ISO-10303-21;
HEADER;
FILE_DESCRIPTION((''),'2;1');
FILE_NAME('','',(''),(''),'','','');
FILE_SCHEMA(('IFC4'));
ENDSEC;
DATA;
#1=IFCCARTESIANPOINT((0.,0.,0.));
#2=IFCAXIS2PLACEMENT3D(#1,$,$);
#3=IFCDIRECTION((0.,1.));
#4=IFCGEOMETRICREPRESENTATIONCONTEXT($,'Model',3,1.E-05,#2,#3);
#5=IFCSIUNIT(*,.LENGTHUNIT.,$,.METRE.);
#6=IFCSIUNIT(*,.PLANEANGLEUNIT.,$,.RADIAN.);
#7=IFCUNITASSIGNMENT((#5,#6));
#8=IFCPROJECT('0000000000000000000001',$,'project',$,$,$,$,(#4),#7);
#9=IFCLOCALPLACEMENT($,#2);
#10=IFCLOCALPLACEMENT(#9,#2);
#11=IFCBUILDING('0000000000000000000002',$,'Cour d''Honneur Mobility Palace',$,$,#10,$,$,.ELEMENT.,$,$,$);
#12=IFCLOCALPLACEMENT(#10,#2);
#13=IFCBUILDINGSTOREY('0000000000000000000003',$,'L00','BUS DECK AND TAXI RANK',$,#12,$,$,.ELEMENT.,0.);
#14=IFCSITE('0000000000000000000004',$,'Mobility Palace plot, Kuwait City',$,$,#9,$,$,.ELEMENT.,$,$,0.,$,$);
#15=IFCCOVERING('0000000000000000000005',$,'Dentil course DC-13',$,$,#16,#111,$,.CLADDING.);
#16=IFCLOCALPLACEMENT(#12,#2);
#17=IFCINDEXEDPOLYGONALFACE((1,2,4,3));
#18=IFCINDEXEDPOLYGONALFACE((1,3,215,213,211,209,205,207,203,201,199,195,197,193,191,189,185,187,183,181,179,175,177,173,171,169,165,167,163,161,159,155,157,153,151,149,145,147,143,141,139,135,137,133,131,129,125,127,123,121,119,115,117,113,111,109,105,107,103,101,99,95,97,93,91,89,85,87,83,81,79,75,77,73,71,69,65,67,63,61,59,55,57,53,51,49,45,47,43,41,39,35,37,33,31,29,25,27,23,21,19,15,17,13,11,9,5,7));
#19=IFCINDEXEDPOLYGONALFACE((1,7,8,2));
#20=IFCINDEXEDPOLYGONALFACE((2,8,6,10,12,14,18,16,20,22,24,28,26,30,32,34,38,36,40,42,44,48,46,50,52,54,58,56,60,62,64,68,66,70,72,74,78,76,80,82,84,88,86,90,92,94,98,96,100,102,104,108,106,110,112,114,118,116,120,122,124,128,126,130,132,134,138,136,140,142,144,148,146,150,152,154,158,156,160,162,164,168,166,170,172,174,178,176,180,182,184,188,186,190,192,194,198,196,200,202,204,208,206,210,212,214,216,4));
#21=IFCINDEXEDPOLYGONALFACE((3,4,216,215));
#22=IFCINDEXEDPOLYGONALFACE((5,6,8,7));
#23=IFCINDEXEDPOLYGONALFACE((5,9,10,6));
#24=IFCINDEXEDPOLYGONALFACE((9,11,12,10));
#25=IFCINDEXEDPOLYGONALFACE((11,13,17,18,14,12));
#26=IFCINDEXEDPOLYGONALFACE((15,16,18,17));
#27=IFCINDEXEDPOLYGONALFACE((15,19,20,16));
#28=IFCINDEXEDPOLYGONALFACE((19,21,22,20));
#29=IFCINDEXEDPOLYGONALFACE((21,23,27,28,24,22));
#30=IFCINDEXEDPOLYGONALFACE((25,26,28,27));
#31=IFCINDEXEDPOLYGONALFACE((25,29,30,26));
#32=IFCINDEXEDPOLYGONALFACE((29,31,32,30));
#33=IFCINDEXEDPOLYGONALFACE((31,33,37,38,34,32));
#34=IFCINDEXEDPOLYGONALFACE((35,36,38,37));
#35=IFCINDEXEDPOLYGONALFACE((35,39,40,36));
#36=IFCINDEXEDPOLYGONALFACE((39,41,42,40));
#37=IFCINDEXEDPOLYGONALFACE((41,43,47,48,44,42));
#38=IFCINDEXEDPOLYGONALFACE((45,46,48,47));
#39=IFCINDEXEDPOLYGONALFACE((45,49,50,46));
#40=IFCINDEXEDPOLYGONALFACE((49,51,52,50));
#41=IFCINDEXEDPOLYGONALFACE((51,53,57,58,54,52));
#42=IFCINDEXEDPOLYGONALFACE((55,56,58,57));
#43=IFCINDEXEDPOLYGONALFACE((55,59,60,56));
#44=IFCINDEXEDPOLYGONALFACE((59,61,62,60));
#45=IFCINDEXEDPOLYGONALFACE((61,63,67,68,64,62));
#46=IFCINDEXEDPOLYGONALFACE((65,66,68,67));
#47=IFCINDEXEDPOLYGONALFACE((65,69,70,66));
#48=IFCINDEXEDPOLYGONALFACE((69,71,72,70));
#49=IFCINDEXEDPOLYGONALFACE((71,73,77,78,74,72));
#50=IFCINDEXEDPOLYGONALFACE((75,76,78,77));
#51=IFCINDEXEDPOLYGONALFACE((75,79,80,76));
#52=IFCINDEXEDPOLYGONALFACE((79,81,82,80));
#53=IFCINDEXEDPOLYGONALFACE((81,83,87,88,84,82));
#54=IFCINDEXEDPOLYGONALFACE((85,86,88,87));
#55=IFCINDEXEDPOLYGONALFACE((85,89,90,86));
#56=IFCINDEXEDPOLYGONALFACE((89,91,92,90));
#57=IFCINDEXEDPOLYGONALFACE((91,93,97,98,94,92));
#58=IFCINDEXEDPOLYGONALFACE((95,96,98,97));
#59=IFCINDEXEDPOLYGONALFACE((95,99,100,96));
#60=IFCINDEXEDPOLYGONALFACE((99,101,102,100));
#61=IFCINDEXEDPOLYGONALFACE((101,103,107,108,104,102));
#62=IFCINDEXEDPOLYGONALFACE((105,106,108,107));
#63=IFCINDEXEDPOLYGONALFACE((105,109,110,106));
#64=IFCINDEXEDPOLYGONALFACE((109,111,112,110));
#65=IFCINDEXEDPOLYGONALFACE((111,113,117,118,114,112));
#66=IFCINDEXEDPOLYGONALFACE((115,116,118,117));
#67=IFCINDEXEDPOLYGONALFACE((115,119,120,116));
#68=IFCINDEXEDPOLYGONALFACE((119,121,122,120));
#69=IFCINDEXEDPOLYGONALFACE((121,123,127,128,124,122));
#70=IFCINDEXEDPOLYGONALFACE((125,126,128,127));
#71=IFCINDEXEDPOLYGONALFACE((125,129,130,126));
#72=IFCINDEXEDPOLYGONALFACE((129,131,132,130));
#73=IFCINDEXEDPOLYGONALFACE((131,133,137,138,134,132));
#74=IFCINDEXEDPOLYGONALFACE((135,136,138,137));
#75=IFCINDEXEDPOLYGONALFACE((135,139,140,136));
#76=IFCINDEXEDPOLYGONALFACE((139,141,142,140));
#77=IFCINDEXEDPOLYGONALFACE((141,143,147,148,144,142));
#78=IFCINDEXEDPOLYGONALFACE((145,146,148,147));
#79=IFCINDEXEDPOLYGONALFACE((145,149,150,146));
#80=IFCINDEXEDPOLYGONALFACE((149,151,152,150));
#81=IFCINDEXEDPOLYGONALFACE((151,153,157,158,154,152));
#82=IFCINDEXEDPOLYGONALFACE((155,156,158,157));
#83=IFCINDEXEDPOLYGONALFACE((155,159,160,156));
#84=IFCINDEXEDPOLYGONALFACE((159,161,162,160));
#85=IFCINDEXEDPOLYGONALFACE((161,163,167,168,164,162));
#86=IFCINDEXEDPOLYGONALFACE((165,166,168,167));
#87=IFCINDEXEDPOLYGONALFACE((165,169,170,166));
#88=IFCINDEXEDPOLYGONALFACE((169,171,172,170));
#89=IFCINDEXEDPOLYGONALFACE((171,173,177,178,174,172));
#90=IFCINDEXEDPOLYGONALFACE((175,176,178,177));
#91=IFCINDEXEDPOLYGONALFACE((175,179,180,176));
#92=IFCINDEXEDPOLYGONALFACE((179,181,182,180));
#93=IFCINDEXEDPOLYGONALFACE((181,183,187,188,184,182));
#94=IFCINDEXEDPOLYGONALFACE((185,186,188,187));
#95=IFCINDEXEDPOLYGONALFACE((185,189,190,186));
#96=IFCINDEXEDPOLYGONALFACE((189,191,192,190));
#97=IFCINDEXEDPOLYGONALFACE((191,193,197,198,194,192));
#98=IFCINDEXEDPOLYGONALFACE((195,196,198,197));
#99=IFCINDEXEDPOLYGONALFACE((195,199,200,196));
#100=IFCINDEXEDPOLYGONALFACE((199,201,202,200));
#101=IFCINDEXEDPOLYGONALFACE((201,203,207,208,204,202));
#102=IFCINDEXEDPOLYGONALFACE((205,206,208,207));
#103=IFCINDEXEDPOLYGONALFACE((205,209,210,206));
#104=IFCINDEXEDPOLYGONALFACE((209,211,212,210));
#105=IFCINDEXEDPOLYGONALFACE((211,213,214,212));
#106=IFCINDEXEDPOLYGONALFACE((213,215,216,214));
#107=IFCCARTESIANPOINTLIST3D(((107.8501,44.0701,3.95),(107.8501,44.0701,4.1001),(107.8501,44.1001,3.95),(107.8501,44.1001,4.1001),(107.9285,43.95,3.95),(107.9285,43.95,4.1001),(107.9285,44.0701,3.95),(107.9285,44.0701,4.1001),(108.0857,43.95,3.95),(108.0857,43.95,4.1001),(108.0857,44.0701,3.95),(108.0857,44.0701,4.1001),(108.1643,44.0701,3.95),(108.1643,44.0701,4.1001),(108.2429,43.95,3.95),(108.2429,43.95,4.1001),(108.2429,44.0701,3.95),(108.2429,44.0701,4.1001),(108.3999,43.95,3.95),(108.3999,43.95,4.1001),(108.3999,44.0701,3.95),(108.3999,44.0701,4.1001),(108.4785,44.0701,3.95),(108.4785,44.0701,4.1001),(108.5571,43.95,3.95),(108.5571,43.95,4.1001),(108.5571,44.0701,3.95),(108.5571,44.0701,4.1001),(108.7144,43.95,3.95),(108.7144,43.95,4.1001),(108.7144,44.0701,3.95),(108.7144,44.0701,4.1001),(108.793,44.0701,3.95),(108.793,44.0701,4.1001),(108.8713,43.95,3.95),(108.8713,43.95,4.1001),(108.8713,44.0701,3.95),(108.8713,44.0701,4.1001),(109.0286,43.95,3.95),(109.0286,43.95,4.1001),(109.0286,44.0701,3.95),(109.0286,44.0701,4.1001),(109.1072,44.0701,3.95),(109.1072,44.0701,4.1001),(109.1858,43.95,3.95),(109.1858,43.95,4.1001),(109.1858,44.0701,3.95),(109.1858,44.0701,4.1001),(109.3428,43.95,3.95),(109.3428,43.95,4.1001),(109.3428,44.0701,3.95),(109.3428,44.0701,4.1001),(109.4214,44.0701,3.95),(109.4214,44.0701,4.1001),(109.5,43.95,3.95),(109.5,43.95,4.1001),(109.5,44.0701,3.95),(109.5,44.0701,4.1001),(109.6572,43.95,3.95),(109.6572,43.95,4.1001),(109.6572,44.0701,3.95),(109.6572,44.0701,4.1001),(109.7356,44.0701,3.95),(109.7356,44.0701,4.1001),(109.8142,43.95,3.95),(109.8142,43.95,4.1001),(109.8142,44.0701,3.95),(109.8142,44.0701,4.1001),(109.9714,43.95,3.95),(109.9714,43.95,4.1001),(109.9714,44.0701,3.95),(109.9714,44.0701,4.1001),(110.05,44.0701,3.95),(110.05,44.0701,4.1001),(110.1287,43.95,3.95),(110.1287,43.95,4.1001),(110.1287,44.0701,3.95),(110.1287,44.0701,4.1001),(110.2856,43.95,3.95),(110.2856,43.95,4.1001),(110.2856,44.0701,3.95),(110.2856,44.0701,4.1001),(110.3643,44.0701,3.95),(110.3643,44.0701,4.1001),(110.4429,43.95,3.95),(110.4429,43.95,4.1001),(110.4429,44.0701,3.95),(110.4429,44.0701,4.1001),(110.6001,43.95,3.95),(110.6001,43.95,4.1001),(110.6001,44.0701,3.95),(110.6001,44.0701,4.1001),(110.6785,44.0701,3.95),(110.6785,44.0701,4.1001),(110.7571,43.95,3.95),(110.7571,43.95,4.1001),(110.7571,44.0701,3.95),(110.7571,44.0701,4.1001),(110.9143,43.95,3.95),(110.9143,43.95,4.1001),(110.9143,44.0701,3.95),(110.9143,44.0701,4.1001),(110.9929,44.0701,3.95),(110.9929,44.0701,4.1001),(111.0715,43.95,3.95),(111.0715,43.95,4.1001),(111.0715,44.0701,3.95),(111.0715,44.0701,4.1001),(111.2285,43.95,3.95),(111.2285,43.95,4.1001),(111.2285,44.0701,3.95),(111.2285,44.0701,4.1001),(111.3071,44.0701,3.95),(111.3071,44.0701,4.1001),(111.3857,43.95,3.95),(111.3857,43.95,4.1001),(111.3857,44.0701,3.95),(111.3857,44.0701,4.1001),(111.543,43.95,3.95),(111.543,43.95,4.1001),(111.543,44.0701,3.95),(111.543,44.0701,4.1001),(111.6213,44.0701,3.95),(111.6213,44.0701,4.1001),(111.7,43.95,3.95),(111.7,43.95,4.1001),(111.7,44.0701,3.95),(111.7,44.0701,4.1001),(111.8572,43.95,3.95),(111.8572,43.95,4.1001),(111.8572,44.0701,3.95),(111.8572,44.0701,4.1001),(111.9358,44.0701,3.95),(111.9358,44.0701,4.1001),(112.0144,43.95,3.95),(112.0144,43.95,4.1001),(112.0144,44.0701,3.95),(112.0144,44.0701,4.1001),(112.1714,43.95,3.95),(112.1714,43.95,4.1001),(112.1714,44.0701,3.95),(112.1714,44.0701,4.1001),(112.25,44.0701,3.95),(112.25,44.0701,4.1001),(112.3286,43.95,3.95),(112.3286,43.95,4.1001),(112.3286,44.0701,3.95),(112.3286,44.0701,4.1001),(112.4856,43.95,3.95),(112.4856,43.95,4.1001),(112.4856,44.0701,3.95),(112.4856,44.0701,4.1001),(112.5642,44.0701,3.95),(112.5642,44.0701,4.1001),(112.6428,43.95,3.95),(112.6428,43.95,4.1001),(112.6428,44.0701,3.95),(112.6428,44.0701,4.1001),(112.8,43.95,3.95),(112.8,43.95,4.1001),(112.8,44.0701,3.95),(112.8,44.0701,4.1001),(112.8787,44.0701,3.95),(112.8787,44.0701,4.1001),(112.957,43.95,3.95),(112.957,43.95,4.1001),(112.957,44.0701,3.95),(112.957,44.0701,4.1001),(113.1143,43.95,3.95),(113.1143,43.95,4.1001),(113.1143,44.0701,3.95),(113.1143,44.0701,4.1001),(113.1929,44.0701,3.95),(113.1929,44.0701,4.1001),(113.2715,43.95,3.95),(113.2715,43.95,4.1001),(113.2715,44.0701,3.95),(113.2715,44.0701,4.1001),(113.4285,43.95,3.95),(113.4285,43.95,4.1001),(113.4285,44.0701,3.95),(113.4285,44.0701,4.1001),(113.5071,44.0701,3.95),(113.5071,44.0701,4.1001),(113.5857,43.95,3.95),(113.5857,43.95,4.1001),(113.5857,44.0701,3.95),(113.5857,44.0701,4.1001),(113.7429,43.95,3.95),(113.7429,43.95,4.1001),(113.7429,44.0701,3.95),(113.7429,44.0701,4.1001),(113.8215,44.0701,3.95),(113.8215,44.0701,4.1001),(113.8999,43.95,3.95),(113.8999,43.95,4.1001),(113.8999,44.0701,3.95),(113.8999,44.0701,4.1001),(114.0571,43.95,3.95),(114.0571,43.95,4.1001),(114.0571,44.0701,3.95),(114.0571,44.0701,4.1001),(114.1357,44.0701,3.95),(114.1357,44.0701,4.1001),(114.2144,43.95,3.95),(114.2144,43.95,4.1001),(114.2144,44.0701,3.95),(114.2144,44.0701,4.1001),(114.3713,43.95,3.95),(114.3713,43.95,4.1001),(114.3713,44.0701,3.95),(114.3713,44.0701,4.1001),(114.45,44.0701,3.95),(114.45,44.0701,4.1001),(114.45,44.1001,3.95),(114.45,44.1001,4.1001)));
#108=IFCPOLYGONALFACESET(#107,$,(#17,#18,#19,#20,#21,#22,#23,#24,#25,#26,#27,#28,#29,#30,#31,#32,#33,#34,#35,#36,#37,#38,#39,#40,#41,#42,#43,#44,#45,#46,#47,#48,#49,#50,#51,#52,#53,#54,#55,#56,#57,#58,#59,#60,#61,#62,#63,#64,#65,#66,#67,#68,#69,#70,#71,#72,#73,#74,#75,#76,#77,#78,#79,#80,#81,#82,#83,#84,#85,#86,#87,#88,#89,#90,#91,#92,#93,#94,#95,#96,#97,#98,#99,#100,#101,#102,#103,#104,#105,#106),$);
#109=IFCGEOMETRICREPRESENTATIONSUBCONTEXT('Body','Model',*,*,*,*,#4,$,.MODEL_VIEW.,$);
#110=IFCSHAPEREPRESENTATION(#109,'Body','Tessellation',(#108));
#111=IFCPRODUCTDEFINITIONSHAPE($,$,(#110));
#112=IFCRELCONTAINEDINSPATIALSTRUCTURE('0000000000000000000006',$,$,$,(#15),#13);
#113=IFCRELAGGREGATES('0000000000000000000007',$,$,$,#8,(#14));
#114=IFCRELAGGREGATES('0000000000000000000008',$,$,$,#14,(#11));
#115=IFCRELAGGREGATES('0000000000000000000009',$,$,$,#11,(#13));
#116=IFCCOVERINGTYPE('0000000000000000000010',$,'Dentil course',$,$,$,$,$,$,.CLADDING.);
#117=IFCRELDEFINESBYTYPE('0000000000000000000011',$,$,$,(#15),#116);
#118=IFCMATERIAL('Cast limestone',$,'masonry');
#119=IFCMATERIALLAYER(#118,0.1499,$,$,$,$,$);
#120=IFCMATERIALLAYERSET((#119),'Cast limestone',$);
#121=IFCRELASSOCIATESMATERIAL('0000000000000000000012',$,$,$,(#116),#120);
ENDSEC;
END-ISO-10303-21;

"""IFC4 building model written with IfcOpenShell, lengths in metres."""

from ifc_helpers import new_model, si_unit, direction, frame, origin, place, context, subcontext, project, spatial, polyline, outline, extrude, material, layer, layer_set, type_object, element, save


model = new_model("IFC4")

# Units and contexts
model_context = context("Model", 3, precision=1e-05, world=origin(), true_north=direction((0.0, 1.0)))
body_context = subcontext(model_context, "Body", "Model", "MODEL_VIEW")
ifc_project = project(units=[si_unit("LENGTHUNIT", "METRE"), si_unit("PLANEANGLEUNIT", "RADIAN")], contexts=[model_context])

# Site, building, storey
site_placement = place(None, origin())
site = spatial("IfcSite", under=ifc_project, at=site_placement, Name="Mobility Palace plot, Kuwait City", CompositionType="ELEMENT", RefElevation=0.0)
building_placement = place(site_placement, origin())
building = spatial("IfcBuilding", under=site, at=building_placement, Name="Cour d'Honneur Mobility Palace", CompositionType="ELEMENT")
storey_placement = place(building_placement, origin())
storey = spatial("IfcBuildingStorey", under=building, at=storey_placement, Name="L00", Description="BUS DECK AND TAXI RANK", CompositionType="ELEMENT", Elevation=0.0)

# Covering
ifc_material = material(Name="Cast limestone", Category="masonry")
ifc_layer = layer(ifc_material, 0.1499)
ifc_layer_set = layer_set([ifc_layer], Name="Cast limestone")
covering_type = type_object("IfcCoveringType", Name="Dentil course", PredefinedType="CLADDING", material=ifc_layer_set)
covering_1_placement = place(storey_placement, frame((0.0, 0.0, 3.95)))
element("IfcCovering", 1, at=covering_1_placement, inside=storey, type_object=covering_type, Name="Dentil course DC-13", PredefinedType="CLADDING", context=body_context, shape_type="SweptSolid", body=[
    extrude(outline(polyline([(107.8501, 44.1001), (114.45, 44.1001), (114.45, 44.0701), (114.45, 44.0701), (114.3713, 44.0701), (114.3713, 43.95), (114.2144, 43.95), (114.2144, 44.0701), (114.1357, 44.0701), (114.1357, 44.0701), (114.0571, 44.0701), (114.0571, 43.95), (113.8999, 43.95), (113.8999, 44.0701), (113.8215, 44.0701), (113.8215, 44.0701), (113.7429, 44.0701), (113.7429, 43.95), (113.5857, 43.95), (113.5857, 44.0701), (113.5071, 44.0701), (113.5071, 44.0701), (113.4285, 44.0701), (113.4285, 43.95), (113.2715, 43.95), (113.2715, 44.0701), (113.1929, 44.0701), (113.1929, 44.0701), (113.1143, 44.0701), (113.1143, 43.95), (112.957, 43.95), (112.957, 44.0701), (112.8787, 44.0701), (112.8787, 44.0701), (112.8, 44.0701), (112.8, 43.95), (112.6428, 43.95), (112.6428, 44.0701), (112.5642, 44.0701), (112.5642, 44.0701), (112.4856, 44.0701), (112.4856, 43.95), (112.3286, 43.95), (112.3286, 44.0701), (112.25, 44.0701), (112.25, 44.0701), (112.1714, 44.0701), (112.1714, 43.95), (112.0144, 43.95), (112.0144, 44.0701), (111.9358, 44.0701), (111.9358, 44.0701), (111.8572, 44.0701), (111.8572, 43.95), (111.7, 43.95), (111.7, 44.0701), (111.6213, 44.0701), (111.6213, 44.0701), (111.543, 44.0701), (111.543, 43.95), (111.3857, 43.95), (111.3857, 44.0701), (111.3071, 44.0701), (111.3071, 44.0701), (111.2285, 44.0701), (111.2285, 43.95), (111.0715, 43.95), (111.0715, 44.0701), (110.9929, 44.0701), (110.9929, 44.0701), (110.9143, 44.0701), (110.9143, 43.95), (110.7571, 43.95), (110.7571, 44.0701), (110.6785, 44.0701), (110.6785, 44.0701), (110.6001, 44.0701), (110.6001, 43.95), (110.4429, 43.95), (110.4429, 44.0701), (110.3643, 44.0701), (110.3643, 44.0701), (110.2856, 44.0701), (110.2856, 43.95), (110.1287, 43.95), (110.1287, 44.0701), (110.05, 44.0701), (110.05, 44.0701), (109.9714, 44.0701), (109.9714, 43.95), (109.8142, 43.95), (109.8142, 44.0701), (109.7356, 44.0701), (109.7356, 44.0701), (109.6572, 44.0701), (109.6572, 43.95), (109.5, 43.95), (109.5, 44.0701), (109.4214, 44.0701), (109.4214, 44.0701), (109.3428, 44.0701), (109.3428, 43.95), (109.1858, 43.95), (109.1858, 44.0701), (109.1072, 44.0701), (109.1072, 44.0701), (109.0286, 44.0701), (109.0286, 43.95), (108.8713, 43.95), (108.8713, 44.0701), (108.793, 44.0701), (108.793, 44.0701), (108.7144, 44.0701), (108.7144, 43.95), (108.5571, 43.95), (108.5571, 44.0701), (108.4785, 44.0701), (108.4785, 44.0701), (108.3999, 44.0701), (108.3999, 43.95), (108.2429, 43.95), (108.2429, 44.0701), (108.1643, 44.0701), (108.1643, 44.0701), (108.0857, 44.0701), (108.0857, 43.95), (107.9285, 43.95), (107.9285, 44.0701), (107.8501, 44.0701), (107.8501, 44.1001)])), origin(), (0.0, 0.0, 1.0), 0.1501),
])

save(model, "model.ifc")
